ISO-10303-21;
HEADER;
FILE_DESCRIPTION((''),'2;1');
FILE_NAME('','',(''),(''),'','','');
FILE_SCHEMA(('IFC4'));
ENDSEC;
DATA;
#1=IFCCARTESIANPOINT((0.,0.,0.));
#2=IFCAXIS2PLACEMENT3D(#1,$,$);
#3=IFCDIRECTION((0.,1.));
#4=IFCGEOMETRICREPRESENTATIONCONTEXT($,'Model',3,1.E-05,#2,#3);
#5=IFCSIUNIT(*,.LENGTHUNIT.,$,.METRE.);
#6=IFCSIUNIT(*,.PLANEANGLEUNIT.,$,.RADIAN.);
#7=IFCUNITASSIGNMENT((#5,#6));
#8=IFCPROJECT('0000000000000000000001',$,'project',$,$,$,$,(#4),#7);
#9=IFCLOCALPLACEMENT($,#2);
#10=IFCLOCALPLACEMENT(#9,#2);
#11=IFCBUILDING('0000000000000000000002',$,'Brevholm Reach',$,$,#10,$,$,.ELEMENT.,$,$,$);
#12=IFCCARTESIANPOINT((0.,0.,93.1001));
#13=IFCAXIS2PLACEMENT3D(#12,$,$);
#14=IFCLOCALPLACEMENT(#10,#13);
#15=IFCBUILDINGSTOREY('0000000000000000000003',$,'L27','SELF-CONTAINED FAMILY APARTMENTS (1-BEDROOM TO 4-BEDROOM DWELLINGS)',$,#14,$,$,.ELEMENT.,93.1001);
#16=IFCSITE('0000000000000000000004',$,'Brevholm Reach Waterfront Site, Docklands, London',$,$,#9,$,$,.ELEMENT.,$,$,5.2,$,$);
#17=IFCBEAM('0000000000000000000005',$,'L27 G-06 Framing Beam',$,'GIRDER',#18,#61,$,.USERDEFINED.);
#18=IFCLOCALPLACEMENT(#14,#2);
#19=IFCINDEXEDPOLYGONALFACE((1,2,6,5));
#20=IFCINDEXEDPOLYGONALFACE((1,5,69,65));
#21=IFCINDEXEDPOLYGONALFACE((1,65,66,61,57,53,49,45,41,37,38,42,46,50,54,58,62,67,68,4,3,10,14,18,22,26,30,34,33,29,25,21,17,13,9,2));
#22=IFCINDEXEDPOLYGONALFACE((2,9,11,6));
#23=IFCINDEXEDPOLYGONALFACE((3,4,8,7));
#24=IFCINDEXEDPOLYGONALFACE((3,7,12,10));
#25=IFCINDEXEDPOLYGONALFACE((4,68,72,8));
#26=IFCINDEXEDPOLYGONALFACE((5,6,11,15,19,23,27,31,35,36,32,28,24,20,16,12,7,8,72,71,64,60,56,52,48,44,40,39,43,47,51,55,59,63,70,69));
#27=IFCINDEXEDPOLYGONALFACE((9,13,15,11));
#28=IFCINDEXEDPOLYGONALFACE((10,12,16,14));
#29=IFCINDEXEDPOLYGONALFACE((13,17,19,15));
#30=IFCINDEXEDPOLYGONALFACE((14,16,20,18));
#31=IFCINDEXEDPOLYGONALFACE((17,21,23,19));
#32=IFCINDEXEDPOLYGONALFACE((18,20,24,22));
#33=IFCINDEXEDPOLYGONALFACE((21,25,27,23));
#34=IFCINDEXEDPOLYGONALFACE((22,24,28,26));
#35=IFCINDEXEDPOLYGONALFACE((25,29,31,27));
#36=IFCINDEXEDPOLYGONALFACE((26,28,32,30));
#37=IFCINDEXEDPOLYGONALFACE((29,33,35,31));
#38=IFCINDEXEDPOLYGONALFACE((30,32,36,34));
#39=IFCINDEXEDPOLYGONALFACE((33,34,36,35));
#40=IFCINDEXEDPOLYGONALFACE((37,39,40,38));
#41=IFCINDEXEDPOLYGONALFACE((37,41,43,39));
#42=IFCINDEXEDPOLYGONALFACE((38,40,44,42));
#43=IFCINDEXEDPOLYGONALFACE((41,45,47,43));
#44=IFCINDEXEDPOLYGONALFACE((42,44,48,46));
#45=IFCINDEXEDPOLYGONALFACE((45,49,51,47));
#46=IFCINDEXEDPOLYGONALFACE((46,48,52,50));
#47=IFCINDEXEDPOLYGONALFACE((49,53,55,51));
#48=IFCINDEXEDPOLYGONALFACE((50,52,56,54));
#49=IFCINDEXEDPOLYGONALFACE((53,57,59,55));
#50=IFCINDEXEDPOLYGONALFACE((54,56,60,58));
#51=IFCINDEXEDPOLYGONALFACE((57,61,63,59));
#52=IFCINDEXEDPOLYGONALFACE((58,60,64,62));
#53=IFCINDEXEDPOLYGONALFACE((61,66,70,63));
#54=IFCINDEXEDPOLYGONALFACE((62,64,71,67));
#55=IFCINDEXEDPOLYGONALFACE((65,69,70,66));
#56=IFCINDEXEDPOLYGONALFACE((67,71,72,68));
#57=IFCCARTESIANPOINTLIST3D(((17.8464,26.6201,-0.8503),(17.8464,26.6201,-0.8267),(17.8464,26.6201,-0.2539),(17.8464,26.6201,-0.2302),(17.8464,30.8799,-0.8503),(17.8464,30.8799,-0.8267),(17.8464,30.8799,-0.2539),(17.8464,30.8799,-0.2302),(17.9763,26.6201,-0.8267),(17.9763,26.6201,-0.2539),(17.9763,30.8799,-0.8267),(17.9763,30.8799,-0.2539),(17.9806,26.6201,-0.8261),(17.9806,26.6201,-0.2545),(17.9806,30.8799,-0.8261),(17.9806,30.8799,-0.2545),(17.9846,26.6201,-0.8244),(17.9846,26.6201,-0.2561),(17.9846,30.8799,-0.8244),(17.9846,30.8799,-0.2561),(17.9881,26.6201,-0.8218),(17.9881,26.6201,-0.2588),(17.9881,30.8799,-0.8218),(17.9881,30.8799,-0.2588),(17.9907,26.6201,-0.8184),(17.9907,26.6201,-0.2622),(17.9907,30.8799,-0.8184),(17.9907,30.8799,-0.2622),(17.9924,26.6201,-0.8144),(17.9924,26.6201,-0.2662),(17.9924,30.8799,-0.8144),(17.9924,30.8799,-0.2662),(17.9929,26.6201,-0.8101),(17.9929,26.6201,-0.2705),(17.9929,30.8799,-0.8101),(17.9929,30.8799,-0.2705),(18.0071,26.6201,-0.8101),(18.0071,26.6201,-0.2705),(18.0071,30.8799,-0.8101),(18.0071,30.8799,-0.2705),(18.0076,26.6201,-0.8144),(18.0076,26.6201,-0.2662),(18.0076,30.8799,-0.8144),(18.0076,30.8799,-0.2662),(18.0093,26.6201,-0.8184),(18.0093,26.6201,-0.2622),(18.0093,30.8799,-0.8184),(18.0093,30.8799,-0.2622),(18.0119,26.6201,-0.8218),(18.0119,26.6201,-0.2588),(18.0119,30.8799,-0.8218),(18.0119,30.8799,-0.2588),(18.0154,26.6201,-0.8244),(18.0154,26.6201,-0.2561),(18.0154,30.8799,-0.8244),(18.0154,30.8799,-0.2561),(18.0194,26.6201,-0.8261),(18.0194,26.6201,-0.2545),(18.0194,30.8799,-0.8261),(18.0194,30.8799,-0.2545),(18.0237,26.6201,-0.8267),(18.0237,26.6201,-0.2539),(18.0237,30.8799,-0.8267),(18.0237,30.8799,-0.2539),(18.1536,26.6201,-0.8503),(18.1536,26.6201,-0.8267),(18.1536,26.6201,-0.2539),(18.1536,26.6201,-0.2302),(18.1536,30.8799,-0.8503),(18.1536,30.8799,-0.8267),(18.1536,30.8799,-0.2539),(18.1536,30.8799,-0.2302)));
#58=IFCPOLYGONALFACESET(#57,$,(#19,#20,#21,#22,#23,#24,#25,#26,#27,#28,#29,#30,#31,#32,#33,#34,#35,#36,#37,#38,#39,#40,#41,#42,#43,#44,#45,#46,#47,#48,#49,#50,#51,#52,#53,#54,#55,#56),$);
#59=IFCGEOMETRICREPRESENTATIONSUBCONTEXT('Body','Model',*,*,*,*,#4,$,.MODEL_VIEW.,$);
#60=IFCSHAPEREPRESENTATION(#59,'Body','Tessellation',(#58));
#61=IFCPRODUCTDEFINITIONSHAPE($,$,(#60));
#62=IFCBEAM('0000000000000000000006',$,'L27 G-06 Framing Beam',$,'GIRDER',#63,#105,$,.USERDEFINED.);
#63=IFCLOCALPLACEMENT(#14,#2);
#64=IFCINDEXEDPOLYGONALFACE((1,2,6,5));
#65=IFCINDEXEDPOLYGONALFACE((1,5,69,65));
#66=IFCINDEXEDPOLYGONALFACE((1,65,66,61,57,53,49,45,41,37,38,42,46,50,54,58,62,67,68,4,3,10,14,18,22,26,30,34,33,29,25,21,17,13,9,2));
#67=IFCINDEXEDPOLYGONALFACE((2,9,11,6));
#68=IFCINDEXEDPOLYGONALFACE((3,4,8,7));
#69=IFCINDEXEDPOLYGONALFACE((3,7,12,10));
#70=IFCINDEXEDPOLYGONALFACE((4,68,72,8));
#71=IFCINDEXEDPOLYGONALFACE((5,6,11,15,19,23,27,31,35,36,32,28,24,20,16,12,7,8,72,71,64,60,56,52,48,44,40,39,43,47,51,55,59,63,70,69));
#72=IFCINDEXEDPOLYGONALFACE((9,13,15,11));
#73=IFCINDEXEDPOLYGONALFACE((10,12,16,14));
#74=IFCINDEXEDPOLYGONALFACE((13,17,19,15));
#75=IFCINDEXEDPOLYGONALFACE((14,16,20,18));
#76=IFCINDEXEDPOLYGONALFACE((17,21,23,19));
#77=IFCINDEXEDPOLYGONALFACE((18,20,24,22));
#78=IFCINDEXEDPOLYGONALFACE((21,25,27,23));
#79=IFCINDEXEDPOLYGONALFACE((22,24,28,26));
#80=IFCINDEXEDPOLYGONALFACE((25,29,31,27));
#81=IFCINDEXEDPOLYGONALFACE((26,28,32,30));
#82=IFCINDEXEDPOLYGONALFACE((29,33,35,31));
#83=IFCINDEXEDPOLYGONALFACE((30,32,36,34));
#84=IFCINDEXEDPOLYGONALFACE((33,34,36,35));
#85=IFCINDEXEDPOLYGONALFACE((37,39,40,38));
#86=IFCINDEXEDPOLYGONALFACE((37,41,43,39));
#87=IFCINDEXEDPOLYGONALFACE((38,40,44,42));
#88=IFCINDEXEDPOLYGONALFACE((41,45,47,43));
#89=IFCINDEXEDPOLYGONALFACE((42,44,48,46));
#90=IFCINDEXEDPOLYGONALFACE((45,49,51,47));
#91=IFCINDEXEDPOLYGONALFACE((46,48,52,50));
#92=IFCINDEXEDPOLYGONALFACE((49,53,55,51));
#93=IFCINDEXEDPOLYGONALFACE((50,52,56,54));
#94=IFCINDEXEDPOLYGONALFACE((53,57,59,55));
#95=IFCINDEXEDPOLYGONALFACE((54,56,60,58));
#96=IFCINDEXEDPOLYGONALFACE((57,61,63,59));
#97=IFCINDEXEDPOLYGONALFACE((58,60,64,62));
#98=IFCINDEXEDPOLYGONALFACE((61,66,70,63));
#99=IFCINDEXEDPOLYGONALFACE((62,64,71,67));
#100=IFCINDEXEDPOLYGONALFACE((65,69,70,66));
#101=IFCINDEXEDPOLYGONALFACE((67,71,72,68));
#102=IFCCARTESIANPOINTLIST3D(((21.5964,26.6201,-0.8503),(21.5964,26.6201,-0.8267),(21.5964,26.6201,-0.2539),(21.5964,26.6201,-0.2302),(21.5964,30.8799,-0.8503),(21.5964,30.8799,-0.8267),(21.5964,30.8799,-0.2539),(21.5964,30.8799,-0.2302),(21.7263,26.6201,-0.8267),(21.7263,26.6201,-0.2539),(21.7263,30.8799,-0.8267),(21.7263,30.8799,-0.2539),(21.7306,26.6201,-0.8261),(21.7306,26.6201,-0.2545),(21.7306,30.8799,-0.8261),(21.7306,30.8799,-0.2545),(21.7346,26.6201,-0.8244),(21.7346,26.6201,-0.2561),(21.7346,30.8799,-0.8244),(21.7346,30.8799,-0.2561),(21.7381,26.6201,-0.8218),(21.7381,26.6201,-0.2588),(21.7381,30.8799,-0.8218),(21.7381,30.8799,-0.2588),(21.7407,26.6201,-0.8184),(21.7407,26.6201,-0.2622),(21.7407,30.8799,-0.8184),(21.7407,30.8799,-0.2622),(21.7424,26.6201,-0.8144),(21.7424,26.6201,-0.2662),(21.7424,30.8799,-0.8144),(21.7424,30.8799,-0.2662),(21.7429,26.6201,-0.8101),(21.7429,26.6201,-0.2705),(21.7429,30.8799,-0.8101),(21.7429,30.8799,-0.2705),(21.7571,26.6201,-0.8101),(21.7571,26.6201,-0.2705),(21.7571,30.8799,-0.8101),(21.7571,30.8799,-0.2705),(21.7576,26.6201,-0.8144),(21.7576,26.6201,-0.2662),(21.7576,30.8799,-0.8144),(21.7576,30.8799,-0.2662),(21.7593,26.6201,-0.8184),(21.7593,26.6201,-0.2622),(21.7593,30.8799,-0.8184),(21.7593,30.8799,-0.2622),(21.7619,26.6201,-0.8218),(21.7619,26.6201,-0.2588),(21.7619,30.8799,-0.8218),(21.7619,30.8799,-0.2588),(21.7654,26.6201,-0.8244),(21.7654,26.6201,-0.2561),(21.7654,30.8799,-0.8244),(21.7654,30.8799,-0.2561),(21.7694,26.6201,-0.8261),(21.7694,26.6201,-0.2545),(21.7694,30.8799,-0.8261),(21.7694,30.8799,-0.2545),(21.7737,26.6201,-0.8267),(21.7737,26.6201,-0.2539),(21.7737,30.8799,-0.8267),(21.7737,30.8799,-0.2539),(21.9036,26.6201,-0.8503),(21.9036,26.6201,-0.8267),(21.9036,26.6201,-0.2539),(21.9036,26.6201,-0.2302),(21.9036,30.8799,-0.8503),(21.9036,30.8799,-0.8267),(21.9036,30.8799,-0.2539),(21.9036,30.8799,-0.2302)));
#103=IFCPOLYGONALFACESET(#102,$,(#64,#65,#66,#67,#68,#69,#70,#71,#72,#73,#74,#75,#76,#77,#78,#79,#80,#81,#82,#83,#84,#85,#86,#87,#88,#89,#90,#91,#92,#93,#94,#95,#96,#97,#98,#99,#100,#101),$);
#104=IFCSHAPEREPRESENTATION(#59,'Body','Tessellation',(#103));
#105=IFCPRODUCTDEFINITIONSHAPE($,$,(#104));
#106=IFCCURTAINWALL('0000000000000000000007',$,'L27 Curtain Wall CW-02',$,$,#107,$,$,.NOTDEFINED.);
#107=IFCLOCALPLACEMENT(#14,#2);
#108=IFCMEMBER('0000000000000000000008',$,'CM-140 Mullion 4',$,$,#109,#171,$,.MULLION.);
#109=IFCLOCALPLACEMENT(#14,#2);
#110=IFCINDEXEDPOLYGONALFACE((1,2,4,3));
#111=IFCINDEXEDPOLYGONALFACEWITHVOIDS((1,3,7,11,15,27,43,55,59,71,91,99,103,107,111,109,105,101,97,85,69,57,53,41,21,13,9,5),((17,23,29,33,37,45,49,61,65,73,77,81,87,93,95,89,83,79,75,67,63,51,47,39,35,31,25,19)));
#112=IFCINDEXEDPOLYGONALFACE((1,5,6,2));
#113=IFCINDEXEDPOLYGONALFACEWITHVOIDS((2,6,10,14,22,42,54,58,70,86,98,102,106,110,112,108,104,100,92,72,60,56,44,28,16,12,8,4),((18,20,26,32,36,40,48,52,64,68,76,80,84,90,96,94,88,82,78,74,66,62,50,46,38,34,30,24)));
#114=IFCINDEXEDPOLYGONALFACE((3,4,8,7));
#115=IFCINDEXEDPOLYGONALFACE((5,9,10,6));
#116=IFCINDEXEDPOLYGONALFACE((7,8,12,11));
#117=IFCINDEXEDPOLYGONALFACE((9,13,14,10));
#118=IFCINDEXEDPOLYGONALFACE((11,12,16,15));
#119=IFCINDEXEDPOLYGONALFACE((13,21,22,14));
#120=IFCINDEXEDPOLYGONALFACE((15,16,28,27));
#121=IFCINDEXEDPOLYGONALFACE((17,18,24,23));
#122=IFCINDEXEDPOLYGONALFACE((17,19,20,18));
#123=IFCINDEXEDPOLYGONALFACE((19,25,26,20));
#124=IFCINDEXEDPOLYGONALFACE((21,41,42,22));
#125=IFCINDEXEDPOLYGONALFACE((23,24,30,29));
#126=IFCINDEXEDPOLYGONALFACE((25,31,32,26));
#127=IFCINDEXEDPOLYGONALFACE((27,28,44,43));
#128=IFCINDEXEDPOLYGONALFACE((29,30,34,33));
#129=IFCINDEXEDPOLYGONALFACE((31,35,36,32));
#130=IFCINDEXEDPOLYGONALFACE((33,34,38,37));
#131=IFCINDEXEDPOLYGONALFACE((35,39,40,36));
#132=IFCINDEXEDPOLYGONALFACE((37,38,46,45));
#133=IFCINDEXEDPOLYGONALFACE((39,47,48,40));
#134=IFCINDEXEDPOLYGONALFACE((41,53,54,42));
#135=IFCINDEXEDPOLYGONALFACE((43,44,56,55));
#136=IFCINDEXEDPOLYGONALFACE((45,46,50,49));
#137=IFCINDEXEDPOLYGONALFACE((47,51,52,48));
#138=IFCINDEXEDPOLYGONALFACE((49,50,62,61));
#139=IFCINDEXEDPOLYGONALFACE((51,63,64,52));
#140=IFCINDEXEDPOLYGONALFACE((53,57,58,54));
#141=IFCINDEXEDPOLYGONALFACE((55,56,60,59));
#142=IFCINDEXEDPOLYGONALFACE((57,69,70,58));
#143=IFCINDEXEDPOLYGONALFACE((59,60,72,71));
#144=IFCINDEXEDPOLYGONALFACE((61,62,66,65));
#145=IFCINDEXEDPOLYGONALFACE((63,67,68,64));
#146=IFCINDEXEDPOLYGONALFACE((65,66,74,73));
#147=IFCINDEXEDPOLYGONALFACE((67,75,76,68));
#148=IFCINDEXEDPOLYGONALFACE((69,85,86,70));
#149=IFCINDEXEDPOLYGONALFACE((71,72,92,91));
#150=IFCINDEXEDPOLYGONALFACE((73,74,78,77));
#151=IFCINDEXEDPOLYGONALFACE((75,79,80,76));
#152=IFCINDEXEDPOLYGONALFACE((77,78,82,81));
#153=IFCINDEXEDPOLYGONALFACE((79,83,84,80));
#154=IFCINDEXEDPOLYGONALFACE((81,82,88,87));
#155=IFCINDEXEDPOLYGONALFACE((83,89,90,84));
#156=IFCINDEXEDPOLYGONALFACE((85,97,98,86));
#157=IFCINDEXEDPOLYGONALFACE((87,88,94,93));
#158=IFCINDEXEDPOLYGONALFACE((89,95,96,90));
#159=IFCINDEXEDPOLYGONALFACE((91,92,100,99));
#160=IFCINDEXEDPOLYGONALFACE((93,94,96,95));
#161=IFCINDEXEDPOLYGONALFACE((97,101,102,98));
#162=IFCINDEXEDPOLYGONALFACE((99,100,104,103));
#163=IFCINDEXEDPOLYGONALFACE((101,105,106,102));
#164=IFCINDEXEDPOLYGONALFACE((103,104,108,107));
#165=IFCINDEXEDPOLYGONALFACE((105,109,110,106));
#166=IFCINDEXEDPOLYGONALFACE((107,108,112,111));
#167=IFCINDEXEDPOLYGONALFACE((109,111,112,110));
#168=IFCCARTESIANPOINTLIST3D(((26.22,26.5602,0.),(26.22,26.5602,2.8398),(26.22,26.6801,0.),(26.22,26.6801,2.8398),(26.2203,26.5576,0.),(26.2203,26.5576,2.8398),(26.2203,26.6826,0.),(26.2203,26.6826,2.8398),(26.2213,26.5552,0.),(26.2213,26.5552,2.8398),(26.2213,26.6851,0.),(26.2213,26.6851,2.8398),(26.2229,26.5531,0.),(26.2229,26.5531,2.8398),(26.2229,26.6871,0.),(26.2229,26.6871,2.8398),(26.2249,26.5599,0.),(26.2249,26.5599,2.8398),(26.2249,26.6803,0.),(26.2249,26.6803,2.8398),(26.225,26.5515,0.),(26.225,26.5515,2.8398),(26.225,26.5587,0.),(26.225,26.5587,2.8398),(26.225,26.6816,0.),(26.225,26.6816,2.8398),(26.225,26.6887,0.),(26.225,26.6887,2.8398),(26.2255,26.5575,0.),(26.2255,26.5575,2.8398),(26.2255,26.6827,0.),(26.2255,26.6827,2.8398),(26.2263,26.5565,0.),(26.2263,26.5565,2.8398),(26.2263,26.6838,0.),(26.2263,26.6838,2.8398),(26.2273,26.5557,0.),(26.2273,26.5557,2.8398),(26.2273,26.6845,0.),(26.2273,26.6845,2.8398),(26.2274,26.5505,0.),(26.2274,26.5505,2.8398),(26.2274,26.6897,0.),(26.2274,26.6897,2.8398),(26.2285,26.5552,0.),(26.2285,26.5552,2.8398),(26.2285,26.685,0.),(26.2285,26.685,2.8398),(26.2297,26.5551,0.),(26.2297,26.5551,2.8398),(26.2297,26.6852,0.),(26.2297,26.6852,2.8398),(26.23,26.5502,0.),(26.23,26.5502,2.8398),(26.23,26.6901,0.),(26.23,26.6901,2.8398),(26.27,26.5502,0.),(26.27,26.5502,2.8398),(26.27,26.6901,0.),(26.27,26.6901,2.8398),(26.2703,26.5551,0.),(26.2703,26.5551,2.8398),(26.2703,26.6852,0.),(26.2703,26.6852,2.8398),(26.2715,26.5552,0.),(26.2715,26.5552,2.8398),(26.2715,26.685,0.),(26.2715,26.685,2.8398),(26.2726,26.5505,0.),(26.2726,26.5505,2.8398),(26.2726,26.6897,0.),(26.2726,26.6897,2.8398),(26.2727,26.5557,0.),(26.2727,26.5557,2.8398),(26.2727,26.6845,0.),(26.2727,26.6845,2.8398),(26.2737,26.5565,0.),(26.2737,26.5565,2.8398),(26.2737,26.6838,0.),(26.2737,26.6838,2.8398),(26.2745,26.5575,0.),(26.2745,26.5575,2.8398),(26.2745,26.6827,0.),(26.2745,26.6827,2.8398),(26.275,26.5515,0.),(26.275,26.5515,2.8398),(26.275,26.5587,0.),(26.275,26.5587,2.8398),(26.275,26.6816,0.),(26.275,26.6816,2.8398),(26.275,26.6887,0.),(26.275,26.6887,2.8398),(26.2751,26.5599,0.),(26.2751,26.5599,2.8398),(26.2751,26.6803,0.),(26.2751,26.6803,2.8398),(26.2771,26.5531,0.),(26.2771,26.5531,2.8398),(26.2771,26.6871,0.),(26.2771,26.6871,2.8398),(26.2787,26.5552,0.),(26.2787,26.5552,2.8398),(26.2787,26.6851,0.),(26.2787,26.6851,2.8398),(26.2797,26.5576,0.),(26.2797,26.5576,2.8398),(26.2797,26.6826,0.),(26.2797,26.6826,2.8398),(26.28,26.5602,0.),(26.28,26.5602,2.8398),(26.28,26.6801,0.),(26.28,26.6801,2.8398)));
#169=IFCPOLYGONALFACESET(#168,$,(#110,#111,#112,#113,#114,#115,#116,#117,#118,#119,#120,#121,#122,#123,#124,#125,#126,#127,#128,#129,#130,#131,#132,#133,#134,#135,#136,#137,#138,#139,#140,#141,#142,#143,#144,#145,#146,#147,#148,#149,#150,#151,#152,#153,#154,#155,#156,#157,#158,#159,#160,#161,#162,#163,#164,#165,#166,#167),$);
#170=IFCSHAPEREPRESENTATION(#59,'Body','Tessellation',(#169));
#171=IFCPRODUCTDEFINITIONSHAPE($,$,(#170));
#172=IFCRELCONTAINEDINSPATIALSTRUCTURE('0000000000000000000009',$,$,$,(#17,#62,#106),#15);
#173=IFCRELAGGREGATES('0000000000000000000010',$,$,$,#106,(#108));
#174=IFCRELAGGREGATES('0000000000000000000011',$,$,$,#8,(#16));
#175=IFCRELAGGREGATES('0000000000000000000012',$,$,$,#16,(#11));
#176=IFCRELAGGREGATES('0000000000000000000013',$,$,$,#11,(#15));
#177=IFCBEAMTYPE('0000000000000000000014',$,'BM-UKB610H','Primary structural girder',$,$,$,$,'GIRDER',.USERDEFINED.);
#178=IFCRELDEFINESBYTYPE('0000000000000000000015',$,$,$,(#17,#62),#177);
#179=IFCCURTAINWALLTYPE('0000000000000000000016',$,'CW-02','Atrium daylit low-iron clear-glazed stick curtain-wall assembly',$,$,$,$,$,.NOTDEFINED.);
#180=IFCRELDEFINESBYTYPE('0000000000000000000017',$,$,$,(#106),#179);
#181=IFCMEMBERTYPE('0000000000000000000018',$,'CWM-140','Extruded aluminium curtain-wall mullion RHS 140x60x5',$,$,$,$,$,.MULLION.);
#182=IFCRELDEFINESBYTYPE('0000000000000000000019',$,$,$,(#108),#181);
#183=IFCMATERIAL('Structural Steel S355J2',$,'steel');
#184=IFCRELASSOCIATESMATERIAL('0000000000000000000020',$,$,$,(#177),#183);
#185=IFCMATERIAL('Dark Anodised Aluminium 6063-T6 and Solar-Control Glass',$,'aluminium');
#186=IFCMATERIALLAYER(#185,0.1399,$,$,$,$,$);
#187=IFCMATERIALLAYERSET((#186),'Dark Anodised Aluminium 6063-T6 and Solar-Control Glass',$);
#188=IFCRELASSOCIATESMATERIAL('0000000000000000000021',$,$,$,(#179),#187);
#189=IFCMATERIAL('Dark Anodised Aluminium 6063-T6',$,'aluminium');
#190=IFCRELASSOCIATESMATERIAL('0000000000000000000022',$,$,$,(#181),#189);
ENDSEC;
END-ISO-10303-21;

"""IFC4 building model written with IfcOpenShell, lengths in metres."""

from ifc_helpers import new_model, si_unit, direction, frame, origin, origin_2d, place, context, subcontext, project, spatial, hollow_rectangle, i_section, extrude, material, layer, layer_set, material_profile, profile_set, type_object, element, aggregate, save


model = new_model("IFC4")

# Units and contexts
model_context = context("Model", 3, precision=1e-05, world=origin(), true_north=direction((0.0, 1.0)))
body_context = subcontext(model_context, "Body", "Model", "MODEL_VIEW")
ifc_project = project(units=[si_unit("LENGTHUNIT", "METRE"), si_unit("PLANEANGLEUNIT", "RADIAN")], contexts=[model_context])

# Site, building, storey
site_placement = place(None, origin())
site = spatial("IfcSite", under=ifc_project, at=site_placement, Name="Brevholm Reach Waterfront Site, Docklands, London", CompositionType="ELEMENT", RefElevation=5.2)
building_placement = place(site_placement, origin())
building = spatial("IfcBuilding", under=site, at=building_placement, Name="Brevholm Reach", CompositionType="ELEMENT")
storey_placement = place(building_placement, frame((0.0, 0.0, 93.1001)))
storey = spatial("IfcBuildingStorey", under=building, at=storey_placement, Name="L27", Description="SELF-CONTAINED FAMILY APARTMENTS (1-BEDROOM TO 4-BEDROOM DWELLINGS)", CompositionType="ELEMENT", Elevation=93.1001)

# Beams
ifc_material_1 = material(Name="Structural Steel S355J2", Category="steel")
ifc_material_profile_1 = material_profile(ifc_material_1, i_section(OverallWidth=0.3071, OverallDepth=0.6201, WebThickness=0.0142, FlangeThickness=0.0237, FilletRadius=0.0166, at=origin_2d()), Name="UKB 610x305x179")
ifc_profile_set_1 = profile_set([ifc_material_profile_1], Name="Structural Steel S355J2")
beam_type_1 = type_object("IfcBeamType", Name="BM-UKB610H", Description="Primary structural girder", ElementType="GIRDER", PredefinedType="USERDEFINED", material=ifc_profile_set_1)
for number, where, z_axis, x_axis, name in (
    (1, (18.0, 26.6201, -0.5403), (0.0, 1.0, 0.0), (-1.0, 0.0, 0.0), "L27 G-06 Framing Beam"),
    (2, (21.75, 26.6201, -0.5403), (0.0, 1.0, 0.0), (-1.0, 0.0, 0.0), "L27 G-06 Framing Beam"),
):
    element("IfcBeam", number, at=place(storey_placement, frame(where, z_axis=z_axis, x_axis=x_axis)), inside=storey, type_object=beam_type_1, Name=name, ObjectType="GIRDER", PredefinedType="USERDEFINED", context=body_context, shape_type="SweptSolid", body=[
        extrude(i_section(OverallWidth=0.3071, OverallDepth=0.6201, WebThickness=0.0142, FlangeThickness=0.0237, FilletRadius=0.0166, at=origin_2d()), origin(), (0.0, 0.0, 1.0), 4.2598),
    ])

# Curtain wall, member
ifc_material_2 = material(Name="Dark Anodised Aluminium 6063-T6 and Solar-Control Glass", Category="aluminium")
ifc_layer_1 = layer(ifc_material_2, 0.1399)
ifc_layer_set_1 = layer_set([ifc_layer_1], Name="Dark Anodised Aluminium 6063-T6 and Solar-Control Glass")
curtain_wall_type = type_object("IfcCurtainWallType", Name="CW-02", Description="Atrium daylit low-iron clear-glazed stick curtain-wall assembly", PredefinedType="NOTDEFINED", material=ifc_layer_set_1)
curtain_wall_placement = place(storey_placement, origin())
curtain_wall = element("IfcCurtainWall", 3, at=curtain_wall_placement, inside=storey, type_object=curtain_wall_type, Name="L27 Curtain Wall CW-02", PredefinedType="NOTDEFINED")
ifc_material_3 = material(Name="Dark Anodised Aluminium 6063-T6", Category="aluminium")
ifc_material_profile_2 = material_profile(ifc_material_3, hollow_rectangle(XDim=0.0601, YDim=0.1399, WallThickness=0.0049, InnerFilletRadius=0.0049, OuterFilletRadius=0.01, at=origin_2d()), Name="RHS 140x60x5")
ifc_profile_set_2 = profile_set([ifc_material_profile_2], Name="Dark Anodised Aluminium 6063-T6")
member_type_1 = type_object("IfcMemberType", Name="CWM-140", Description="Extruded aluminium curtain-wall mullion RHS 140x60x5", PredefinedType="MULLION", material=ifc_profile_set_2)
member_1_placement = place(storey_placement, frame((26.25, 26.6201, 0.0), z_axis=(0.0, 0.0, 1.0), x_axis=(-1.0, 0.0, 0.0)))
member_1 = element("IfcMember", 4, at=member_1_placement, type_object=member_type_1, Name="CM-140 Mullion 4", PredefinedType="MULLION", context=body_context, shape_type="SweptSolid", body=[
    extrude(hollow_rectangle(XDim=0.0601, YDim=0.1399, WallThickness=0.0049, InnerFilletRadius=0.0049, OuterFilletRadius=0.01, at=origin_2d()), origin(), (0.0, 0.0, 1.0), 2.8398),
])
aggregate(curtain_wall, [member_1])

save(model, "model.ifc")
